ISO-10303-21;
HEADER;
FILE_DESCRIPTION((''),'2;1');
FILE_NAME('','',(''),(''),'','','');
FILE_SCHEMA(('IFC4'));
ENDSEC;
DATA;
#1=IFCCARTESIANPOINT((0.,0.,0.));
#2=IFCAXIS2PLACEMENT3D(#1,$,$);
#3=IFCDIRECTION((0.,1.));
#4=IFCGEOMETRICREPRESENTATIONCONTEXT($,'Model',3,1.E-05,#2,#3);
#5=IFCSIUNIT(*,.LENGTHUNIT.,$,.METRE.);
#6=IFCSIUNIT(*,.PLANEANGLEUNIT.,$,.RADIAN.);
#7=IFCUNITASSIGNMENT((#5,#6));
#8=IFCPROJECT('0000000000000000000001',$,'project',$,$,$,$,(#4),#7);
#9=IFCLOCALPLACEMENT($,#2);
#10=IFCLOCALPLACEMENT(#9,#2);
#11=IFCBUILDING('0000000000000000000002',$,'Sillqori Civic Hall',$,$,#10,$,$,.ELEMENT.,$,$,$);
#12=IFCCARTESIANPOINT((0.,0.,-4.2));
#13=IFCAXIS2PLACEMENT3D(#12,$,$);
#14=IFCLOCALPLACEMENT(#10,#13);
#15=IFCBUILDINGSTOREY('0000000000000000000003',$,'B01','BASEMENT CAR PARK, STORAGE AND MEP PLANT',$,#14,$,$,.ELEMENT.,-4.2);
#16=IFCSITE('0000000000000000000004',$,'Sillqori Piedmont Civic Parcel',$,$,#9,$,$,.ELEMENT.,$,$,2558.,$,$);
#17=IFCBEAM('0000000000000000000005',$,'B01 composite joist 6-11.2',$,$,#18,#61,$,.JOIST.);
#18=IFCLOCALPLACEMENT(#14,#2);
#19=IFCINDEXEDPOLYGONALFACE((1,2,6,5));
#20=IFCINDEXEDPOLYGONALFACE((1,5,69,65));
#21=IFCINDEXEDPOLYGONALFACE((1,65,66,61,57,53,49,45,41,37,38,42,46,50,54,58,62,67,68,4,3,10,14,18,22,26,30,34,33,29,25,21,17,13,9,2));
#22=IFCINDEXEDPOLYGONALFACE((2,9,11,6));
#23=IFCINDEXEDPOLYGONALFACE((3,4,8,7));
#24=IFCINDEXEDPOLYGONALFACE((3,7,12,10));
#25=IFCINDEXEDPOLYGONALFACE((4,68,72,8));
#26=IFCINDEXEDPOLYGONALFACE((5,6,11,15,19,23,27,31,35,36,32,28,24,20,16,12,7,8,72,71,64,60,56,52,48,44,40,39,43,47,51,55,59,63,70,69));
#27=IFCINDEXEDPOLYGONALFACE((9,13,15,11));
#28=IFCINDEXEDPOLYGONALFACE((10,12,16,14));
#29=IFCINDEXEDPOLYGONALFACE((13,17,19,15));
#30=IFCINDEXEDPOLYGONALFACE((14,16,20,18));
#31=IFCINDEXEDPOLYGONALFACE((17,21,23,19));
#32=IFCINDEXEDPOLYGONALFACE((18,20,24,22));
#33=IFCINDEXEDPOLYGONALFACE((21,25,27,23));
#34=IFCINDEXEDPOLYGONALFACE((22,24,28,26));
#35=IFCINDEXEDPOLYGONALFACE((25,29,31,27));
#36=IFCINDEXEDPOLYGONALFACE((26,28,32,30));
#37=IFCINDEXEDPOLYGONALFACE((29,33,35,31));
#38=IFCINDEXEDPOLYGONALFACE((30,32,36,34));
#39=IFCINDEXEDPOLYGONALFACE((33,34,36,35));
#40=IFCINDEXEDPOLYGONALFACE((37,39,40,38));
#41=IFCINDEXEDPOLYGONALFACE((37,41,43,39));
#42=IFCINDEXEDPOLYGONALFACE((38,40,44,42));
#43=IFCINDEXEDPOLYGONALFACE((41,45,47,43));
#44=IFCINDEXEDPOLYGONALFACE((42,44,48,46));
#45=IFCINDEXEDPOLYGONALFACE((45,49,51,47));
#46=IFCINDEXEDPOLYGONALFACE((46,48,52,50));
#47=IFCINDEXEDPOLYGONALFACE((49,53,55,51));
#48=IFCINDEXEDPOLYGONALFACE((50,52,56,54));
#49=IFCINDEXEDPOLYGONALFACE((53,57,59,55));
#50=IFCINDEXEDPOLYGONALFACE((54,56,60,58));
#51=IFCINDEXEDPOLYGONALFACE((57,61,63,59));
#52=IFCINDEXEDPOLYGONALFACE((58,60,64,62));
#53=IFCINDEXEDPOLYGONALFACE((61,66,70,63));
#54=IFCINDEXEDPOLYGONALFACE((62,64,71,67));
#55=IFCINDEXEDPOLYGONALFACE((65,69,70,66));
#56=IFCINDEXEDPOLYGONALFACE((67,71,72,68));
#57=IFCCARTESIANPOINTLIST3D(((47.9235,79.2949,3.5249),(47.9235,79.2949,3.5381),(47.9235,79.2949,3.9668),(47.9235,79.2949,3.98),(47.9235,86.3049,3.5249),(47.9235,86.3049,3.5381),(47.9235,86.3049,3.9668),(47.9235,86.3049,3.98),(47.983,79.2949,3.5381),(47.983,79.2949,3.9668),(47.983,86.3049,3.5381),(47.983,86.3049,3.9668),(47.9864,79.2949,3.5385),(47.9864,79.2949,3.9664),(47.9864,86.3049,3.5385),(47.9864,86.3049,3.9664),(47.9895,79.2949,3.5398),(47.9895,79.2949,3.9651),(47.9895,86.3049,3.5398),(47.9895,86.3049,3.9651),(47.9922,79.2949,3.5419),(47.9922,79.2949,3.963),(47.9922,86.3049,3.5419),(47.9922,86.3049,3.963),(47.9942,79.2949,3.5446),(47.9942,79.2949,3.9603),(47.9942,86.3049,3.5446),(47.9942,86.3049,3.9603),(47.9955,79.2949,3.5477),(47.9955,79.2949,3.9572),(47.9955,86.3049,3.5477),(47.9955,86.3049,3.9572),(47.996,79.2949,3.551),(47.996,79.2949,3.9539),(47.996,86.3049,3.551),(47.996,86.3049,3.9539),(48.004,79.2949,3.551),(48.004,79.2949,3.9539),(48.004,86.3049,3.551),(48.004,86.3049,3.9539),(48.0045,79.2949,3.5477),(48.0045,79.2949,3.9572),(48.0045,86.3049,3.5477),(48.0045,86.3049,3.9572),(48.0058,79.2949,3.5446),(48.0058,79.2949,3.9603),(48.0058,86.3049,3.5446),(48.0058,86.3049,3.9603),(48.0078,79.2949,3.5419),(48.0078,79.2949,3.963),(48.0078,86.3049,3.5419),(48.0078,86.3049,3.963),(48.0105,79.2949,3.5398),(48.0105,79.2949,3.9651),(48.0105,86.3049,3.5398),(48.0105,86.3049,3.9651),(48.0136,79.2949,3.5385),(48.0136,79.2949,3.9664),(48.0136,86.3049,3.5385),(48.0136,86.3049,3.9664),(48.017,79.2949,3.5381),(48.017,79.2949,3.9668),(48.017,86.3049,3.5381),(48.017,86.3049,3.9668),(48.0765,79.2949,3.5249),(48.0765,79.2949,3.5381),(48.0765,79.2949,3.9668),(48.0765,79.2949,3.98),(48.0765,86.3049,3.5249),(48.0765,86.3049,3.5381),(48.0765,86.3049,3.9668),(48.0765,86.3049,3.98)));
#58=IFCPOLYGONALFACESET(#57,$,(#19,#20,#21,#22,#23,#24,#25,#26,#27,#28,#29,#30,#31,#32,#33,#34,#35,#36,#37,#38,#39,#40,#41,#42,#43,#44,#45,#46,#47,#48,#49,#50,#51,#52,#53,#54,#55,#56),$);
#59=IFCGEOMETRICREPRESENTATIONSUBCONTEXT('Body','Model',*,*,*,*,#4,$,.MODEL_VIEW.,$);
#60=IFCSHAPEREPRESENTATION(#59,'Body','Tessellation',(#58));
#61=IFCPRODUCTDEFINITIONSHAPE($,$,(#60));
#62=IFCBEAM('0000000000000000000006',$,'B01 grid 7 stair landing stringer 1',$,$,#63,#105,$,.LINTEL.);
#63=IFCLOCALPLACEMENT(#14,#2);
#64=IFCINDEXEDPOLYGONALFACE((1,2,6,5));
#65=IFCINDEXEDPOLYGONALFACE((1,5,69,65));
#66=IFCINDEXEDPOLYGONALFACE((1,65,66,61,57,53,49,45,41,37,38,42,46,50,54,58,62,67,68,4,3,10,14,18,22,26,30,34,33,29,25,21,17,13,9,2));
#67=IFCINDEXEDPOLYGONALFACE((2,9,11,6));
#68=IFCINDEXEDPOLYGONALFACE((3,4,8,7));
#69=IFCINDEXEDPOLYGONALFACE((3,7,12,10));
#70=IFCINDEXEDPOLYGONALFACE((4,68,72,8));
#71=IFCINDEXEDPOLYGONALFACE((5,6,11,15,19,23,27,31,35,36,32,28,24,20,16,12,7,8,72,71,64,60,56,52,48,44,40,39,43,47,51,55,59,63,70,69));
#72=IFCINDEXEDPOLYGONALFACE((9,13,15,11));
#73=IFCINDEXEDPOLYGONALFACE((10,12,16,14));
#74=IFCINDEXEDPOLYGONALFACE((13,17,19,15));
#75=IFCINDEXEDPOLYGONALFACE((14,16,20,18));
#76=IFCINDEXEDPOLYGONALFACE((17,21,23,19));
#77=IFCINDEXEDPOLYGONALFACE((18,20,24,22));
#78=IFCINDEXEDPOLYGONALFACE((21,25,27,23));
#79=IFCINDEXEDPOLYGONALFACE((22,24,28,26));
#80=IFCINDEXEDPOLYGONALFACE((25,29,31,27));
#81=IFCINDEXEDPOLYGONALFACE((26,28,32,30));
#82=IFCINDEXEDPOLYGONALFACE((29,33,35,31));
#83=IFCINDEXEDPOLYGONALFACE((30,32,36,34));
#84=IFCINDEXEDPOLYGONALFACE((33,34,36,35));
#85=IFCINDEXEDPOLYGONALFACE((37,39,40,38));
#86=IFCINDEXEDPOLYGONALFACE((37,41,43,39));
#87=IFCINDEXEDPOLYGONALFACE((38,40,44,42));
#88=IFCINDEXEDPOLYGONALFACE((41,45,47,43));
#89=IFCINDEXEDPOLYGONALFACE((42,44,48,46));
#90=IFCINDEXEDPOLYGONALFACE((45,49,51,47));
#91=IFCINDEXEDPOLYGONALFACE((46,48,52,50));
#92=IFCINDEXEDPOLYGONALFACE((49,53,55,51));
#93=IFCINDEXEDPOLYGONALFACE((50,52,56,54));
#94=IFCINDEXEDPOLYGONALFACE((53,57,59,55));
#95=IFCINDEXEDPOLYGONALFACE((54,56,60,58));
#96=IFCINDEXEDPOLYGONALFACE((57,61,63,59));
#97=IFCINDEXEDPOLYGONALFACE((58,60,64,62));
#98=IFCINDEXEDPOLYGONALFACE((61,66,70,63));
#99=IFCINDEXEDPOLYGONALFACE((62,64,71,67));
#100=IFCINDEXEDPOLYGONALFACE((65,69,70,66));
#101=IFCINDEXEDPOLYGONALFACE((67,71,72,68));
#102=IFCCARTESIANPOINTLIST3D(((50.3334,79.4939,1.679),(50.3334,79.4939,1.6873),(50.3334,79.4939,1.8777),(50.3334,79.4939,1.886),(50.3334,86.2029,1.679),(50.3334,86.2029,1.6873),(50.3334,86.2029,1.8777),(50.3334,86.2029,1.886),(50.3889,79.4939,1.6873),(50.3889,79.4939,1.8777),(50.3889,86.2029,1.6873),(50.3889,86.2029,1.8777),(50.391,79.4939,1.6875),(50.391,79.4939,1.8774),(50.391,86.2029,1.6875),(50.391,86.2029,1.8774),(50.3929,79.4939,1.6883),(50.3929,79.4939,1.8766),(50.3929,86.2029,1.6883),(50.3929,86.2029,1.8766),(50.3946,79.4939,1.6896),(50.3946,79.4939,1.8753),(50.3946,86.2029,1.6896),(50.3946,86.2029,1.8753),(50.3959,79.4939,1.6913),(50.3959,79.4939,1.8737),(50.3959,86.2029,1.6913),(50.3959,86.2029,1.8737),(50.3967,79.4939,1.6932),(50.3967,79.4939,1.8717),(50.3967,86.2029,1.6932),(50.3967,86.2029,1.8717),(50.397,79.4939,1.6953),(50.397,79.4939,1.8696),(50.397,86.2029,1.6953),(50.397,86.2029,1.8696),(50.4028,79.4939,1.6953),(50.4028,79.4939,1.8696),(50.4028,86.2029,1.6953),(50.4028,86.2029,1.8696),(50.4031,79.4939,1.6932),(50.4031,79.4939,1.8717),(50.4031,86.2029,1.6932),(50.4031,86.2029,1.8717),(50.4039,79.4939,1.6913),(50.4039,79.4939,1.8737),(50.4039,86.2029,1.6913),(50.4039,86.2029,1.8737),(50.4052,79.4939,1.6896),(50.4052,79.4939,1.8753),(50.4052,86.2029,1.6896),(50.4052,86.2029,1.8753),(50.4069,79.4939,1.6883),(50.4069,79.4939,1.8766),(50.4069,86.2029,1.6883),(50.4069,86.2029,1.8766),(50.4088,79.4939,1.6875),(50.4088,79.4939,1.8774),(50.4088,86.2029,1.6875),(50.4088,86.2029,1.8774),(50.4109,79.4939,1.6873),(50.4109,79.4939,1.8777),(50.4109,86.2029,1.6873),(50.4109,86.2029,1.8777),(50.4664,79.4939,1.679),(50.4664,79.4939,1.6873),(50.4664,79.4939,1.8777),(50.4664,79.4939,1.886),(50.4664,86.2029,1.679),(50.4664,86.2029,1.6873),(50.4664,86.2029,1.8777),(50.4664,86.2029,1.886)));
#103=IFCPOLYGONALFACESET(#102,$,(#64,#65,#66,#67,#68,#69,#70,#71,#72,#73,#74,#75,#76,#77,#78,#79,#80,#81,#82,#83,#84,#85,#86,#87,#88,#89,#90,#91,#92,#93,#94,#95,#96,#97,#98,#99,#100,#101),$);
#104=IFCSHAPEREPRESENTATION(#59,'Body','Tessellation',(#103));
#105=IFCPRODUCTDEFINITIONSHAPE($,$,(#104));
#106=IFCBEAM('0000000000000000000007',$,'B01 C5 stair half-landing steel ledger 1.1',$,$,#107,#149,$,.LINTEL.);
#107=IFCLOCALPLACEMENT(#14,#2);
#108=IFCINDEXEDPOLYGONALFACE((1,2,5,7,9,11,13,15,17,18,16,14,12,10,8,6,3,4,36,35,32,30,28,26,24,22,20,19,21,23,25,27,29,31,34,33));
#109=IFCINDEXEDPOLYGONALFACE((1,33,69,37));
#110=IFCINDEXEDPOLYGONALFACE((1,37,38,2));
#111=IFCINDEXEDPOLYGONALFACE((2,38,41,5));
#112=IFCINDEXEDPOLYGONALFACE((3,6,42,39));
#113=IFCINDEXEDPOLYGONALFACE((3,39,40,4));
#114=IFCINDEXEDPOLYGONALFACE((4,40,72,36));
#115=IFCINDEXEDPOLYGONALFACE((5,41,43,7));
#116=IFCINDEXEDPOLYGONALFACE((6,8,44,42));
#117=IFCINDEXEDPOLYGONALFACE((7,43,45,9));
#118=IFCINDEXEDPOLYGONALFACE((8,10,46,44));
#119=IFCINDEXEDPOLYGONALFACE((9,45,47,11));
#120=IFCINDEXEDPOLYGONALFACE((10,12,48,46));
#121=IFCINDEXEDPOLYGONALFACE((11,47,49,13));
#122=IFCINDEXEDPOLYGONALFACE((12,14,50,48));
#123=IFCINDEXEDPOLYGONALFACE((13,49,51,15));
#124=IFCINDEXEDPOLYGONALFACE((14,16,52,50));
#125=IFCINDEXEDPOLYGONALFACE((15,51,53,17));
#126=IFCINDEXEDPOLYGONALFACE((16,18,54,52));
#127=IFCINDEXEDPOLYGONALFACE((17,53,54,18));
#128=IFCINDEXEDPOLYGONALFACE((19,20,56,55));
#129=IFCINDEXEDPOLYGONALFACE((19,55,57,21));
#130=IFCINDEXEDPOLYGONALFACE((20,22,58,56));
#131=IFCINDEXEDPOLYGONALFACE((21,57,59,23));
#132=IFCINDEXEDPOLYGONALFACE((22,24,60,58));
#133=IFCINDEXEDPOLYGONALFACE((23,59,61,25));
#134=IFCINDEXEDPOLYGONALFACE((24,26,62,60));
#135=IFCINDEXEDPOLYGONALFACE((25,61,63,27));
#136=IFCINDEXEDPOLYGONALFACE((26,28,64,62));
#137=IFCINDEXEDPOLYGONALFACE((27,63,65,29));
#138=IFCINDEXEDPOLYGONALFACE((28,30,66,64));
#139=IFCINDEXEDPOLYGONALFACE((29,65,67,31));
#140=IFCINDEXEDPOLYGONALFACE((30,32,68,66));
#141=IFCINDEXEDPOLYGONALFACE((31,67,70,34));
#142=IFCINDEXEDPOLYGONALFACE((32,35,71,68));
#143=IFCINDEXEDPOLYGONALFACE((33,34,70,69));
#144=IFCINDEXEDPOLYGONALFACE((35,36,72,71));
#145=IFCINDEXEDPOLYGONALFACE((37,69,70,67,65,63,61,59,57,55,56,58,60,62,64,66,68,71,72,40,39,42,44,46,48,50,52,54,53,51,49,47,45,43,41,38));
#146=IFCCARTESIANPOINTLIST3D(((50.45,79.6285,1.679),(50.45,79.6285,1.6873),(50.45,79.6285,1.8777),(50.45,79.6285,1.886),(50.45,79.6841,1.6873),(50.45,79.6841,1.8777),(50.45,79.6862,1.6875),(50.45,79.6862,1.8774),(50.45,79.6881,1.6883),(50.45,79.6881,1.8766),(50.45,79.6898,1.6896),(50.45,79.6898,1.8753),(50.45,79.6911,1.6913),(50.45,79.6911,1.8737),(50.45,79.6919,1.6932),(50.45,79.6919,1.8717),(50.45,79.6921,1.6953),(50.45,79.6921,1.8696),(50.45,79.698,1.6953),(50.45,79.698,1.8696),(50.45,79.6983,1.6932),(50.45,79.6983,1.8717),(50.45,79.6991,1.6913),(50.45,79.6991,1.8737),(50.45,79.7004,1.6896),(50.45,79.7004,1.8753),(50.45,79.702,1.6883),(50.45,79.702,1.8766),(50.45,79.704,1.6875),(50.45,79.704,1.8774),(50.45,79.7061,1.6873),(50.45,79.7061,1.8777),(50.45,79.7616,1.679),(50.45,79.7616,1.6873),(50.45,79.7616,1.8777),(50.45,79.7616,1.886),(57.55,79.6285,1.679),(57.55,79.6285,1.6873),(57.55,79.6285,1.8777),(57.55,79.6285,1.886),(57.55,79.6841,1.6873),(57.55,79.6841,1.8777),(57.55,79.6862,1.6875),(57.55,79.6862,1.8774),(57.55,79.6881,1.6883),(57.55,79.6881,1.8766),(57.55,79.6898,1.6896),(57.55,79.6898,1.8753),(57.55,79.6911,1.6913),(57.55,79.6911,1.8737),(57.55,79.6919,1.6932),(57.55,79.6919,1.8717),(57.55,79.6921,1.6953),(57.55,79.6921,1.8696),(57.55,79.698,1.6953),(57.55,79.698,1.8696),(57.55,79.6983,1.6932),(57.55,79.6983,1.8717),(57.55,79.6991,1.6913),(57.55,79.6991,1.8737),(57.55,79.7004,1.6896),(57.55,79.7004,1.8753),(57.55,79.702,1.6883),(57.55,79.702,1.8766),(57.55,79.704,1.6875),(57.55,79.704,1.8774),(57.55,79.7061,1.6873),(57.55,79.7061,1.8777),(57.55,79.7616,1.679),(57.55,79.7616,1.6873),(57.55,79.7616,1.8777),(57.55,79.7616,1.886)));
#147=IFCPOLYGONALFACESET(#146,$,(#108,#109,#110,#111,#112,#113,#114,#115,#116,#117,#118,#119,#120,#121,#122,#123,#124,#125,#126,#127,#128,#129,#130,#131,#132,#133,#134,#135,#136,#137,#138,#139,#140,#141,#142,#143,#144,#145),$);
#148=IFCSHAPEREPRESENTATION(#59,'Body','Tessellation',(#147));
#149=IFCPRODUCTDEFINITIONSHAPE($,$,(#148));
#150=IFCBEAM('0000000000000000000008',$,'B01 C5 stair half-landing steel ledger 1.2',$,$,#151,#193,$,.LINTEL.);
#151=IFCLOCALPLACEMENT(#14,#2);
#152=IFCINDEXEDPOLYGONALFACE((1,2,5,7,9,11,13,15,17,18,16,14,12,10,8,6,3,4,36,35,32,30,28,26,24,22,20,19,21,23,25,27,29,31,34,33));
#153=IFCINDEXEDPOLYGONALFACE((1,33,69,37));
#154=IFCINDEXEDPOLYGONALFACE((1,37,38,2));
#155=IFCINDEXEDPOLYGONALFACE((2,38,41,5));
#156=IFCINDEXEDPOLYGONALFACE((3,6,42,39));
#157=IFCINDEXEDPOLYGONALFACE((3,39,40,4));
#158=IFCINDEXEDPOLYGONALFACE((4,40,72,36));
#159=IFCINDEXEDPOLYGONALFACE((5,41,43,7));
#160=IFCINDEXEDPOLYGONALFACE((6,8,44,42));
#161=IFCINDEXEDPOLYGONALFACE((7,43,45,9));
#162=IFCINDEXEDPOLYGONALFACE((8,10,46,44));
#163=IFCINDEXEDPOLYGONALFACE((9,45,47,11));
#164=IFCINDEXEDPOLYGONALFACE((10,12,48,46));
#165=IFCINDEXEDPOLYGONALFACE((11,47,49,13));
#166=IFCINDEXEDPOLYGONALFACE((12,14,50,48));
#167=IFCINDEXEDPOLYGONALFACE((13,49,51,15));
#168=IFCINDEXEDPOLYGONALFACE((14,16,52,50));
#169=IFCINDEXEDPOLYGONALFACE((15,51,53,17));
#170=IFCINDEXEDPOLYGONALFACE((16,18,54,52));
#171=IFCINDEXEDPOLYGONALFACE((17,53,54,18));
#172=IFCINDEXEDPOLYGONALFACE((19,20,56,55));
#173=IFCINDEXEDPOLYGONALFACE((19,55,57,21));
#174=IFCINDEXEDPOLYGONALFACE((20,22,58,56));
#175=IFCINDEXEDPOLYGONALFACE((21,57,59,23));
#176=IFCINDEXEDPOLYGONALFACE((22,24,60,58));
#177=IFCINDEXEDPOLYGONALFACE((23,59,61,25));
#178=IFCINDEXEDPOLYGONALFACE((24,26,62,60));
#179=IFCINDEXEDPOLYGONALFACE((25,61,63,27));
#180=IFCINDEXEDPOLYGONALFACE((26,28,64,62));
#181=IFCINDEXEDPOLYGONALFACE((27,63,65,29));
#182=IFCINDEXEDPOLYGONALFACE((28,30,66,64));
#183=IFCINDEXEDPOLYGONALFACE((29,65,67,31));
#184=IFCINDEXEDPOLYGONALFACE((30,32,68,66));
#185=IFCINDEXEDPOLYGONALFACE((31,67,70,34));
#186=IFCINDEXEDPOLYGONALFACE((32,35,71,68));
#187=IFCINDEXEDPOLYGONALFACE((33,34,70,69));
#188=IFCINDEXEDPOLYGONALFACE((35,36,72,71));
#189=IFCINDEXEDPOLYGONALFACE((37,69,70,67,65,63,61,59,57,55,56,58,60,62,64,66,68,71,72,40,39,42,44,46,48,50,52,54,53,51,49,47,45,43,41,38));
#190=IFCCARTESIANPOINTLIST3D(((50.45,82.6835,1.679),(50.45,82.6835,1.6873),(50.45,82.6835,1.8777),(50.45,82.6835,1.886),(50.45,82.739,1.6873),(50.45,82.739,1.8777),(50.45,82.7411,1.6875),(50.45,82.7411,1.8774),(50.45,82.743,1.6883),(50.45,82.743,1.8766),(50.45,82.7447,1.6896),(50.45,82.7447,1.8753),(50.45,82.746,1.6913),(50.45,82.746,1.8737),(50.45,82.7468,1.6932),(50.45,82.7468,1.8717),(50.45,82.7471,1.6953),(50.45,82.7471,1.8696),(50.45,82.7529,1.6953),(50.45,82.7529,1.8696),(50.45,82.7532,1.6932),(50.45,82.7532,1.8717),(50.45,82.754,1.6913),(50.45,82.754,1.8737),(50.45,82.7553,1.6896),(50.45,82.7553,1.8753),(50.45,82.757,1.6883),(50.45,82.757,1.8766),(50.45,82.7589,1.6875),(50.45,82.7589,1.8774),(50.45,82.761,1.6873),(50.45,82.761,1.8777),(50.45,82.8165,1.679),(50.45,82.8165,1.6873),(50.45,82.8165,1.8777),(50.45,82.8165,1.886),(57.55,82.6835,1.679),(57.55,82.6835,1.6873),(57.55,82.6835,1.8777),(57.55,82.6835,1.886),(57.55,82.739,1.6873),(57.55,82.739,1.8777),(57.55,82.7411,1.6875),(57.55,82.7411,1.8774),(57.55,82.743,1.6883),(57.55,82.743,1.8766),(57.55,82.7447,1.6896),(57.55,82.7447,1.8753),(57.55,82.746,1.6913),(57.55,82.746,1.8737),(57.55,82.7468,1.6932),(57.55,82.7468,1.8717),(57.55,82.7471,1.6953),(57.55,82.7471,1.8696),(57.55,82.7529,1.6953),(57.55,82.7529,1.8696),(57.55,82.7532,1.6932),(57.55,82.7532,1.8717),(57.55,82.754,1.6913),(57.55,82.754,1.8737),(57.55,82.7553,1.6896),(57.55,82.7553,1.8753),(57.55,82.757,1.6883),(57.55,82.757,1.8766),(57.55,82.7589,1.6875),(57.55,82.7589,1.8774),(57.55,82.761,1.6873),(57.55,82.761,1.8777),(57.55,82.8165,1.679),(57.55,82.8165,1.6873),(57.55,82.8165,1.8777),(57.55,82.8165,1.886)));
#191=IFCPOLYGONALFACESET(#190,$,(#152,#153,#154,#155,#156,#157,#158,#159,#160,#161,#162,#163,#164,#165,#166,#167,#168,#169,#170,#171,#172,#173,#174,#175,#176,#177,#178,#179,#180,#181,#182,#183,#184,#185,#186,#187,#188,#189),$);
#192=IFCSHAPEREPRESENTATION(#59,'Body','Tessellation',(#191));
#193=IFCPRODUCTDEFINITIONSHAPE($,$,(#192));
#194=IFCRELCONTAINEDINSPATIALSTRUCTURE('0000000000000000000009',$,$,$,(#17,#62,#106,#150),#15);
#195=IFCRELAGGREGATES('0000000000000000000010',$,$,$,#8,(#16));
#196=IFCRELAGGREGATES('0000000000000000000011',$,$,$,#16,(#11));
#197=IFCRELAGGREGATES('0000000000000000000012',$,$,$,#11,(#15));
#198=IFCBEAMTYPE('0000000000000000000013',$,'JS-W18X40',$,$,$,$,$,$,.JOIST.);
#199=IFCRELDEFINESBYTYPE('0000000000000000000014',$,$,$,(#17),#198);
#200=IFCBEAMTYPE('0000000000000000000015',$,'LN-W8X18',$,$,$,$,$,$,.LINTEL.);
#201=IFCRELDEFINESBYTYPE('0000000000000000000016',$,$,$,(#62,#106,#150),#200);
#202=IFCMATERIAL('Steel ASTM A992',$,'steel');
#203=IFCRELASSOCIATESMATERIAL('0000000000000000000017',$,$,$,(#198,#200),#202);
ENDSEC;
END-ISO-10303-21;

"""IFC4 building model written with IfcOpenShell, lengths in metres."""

from ifc_helpers import new_model, si_unit, direction, frame, origin, origin_2d, place, context, subcontext, project, spatial, i_section, extrude, material, material_profile, profile_set, type_object, element, save


model = new_model("IFC4")

# Units and contexts
model_context = context("Model", 3, precision=1e-05, world=origin(), true_north=direction((0.0, 1.0)))
body_context = subcontext(model_context, "Body", "Model", "MODEL_VIEW")
ifc_project = project(units=[si_unit("LENGTHUNIT", "METRE"), si_unit("PLANEANGLEUNIT", "RADIAN")], contexts=[model_context])

# Site, building, storey
site_placement = place(None, origin())
site = spatial("IfcSite", under=ifc_project, at=site_placement, Name="Sillqori Piedmont Civic Parcel", CompositionType="ELEMENT", RefElevation=2558.0)
building_placement = place(site_placement, origin())
building = spatial("IfcBuilding", under=site, at=building_placement, Name="Sillqori Civic Hall", CompositionType="ELEMENT")
storey_placement = place(building_placement, frame((0.0, 0.0, -4.2)))
storey = spatial("IfcBuildingStorey", under=building, at=storey_placement, Name="B01", Description="BASEMENT CAR PARK, STORAGE AND MEP PLANT", CompositionType="ELEMENT", Elevation=-4.2)

# Beams
ifc_material_1 = material(Name="Steel ASTM A992", Category="steel")
ifc_material_profile_1 = material_profile(ifc_material_1, i_section(OverallWidth=0.1531, OverallDepth=0.4551, WebThickness=0.0081, FlangeThickness=0.0132, FilletRadius=0.0129, at=origin_2d()), Name="W18X40")
ifc_profile_set_1 = profile_set([ifc_material_profile_1], Name="Steel ASTM A992")
beam_type_1 = type_object("IfcBeamType", Name="JS-W18X40", PredefinedType="JOIST", material=ifc_profile_set_1)
for number, where, z_axis, x_axis, name in (
    (1, (48.0, 79.2949, 3.7524), (0.0, 1.0, 0.0), (-1.0, 0.0, 0.0), "B01 composite joist 6-11.2"),
):
    element("IfcBeam", number, at=place(storey_placement, frame(where, z_axis=z_axis, x_axis=x_axis)), inside=storey, type_object=beam_type_1, Name=name, PredefinedType="JOIST", context=body_context, shape_type="SweptSolid", body=[
        extrude(i_section(OverallWidth=0.1531, OverallDepth=0.4551, WebThickness=0.0081, FlangeThickness=0.0132, FilletRadius=0.0129, at=origin_2d()), origin(), (0.0, 0.0, 1.0), 7.01),
    ])
ifc_material_profile_2 = material_profile(ifc_material_1, i_section(OverallWidth=0.1331, OverallDepth=0.207, WebThickness=0.0059, FlangeThickness=0.0083, FilletRadius=0.0081, at=origin_2d()), Name="W8X18")
ifc_profile_set_2 = profile_set([ifc_material_profile_2], Name="Steel ASTM A992")
beam_type_2 = type_object("IfcBeamType", Name="LN-W8X18", PredefinedType="LINTEL", material=ifc_profile_set_2)
beam_1_placement = place(storey_placement, frame((50.3999, 79.4939, 1.7825), z_axis=(0.0, 1.0, 0.0), x_axis=(-1.0, 0.0, 0.0)))
element("IfcBeam", 2, at=beam_1_placement, inside=storey, type_object=beam_type_2, Name="B01 grid 7 stair landing stringer 1", PredefinedType="LINTEL", context=body_context, shape_type="SweptSolid", body=[
    extrude(i_section(OverallWidth=0.1331, OverallDepth=0.207, WebThickness=0.0059, FlangeThickness=0.0083, FilletRadius=0.0081, at=origin_2d()), origin(), (0.0, 0.0, 1.0), 6.709),
])
for number, where, z_axis, x_axis, name in (
    (3, (50.45, 79.6951, 1.7825), (1.0, 0.0, 0.0), (0.0, 1.0, 0.0), "B01 C5 stair half-landing steel ledger 1.1"),
    (4, (50.45, 82.75, 1.7825), (1.0, 0.0, 0.0), (0.0, 1.0, 0.0), "B01 C5 stair half-landing steel ledger 1.2"),
):
    element("IfcBeam", number, at=place(storey_placement, frame(where, z_axis=z_axis, x_axis=x_axis)), inside=storey, type_object=beam_type_2, Name=name, PredefinedType="LINTEL", context=body_context, shape_type="SweptSolid", body=[
        extrude(i_section(OverallWidth=0.1331, OverallDepth=0.207, WebThickness=0.0059, FlangeThickness=0.0083, FilletRadius=0.0081, at=origin_2d()), origin(), (0.0, 0.0, 1.0), 7.1001),
    ])

save(model, "model.ifc")
